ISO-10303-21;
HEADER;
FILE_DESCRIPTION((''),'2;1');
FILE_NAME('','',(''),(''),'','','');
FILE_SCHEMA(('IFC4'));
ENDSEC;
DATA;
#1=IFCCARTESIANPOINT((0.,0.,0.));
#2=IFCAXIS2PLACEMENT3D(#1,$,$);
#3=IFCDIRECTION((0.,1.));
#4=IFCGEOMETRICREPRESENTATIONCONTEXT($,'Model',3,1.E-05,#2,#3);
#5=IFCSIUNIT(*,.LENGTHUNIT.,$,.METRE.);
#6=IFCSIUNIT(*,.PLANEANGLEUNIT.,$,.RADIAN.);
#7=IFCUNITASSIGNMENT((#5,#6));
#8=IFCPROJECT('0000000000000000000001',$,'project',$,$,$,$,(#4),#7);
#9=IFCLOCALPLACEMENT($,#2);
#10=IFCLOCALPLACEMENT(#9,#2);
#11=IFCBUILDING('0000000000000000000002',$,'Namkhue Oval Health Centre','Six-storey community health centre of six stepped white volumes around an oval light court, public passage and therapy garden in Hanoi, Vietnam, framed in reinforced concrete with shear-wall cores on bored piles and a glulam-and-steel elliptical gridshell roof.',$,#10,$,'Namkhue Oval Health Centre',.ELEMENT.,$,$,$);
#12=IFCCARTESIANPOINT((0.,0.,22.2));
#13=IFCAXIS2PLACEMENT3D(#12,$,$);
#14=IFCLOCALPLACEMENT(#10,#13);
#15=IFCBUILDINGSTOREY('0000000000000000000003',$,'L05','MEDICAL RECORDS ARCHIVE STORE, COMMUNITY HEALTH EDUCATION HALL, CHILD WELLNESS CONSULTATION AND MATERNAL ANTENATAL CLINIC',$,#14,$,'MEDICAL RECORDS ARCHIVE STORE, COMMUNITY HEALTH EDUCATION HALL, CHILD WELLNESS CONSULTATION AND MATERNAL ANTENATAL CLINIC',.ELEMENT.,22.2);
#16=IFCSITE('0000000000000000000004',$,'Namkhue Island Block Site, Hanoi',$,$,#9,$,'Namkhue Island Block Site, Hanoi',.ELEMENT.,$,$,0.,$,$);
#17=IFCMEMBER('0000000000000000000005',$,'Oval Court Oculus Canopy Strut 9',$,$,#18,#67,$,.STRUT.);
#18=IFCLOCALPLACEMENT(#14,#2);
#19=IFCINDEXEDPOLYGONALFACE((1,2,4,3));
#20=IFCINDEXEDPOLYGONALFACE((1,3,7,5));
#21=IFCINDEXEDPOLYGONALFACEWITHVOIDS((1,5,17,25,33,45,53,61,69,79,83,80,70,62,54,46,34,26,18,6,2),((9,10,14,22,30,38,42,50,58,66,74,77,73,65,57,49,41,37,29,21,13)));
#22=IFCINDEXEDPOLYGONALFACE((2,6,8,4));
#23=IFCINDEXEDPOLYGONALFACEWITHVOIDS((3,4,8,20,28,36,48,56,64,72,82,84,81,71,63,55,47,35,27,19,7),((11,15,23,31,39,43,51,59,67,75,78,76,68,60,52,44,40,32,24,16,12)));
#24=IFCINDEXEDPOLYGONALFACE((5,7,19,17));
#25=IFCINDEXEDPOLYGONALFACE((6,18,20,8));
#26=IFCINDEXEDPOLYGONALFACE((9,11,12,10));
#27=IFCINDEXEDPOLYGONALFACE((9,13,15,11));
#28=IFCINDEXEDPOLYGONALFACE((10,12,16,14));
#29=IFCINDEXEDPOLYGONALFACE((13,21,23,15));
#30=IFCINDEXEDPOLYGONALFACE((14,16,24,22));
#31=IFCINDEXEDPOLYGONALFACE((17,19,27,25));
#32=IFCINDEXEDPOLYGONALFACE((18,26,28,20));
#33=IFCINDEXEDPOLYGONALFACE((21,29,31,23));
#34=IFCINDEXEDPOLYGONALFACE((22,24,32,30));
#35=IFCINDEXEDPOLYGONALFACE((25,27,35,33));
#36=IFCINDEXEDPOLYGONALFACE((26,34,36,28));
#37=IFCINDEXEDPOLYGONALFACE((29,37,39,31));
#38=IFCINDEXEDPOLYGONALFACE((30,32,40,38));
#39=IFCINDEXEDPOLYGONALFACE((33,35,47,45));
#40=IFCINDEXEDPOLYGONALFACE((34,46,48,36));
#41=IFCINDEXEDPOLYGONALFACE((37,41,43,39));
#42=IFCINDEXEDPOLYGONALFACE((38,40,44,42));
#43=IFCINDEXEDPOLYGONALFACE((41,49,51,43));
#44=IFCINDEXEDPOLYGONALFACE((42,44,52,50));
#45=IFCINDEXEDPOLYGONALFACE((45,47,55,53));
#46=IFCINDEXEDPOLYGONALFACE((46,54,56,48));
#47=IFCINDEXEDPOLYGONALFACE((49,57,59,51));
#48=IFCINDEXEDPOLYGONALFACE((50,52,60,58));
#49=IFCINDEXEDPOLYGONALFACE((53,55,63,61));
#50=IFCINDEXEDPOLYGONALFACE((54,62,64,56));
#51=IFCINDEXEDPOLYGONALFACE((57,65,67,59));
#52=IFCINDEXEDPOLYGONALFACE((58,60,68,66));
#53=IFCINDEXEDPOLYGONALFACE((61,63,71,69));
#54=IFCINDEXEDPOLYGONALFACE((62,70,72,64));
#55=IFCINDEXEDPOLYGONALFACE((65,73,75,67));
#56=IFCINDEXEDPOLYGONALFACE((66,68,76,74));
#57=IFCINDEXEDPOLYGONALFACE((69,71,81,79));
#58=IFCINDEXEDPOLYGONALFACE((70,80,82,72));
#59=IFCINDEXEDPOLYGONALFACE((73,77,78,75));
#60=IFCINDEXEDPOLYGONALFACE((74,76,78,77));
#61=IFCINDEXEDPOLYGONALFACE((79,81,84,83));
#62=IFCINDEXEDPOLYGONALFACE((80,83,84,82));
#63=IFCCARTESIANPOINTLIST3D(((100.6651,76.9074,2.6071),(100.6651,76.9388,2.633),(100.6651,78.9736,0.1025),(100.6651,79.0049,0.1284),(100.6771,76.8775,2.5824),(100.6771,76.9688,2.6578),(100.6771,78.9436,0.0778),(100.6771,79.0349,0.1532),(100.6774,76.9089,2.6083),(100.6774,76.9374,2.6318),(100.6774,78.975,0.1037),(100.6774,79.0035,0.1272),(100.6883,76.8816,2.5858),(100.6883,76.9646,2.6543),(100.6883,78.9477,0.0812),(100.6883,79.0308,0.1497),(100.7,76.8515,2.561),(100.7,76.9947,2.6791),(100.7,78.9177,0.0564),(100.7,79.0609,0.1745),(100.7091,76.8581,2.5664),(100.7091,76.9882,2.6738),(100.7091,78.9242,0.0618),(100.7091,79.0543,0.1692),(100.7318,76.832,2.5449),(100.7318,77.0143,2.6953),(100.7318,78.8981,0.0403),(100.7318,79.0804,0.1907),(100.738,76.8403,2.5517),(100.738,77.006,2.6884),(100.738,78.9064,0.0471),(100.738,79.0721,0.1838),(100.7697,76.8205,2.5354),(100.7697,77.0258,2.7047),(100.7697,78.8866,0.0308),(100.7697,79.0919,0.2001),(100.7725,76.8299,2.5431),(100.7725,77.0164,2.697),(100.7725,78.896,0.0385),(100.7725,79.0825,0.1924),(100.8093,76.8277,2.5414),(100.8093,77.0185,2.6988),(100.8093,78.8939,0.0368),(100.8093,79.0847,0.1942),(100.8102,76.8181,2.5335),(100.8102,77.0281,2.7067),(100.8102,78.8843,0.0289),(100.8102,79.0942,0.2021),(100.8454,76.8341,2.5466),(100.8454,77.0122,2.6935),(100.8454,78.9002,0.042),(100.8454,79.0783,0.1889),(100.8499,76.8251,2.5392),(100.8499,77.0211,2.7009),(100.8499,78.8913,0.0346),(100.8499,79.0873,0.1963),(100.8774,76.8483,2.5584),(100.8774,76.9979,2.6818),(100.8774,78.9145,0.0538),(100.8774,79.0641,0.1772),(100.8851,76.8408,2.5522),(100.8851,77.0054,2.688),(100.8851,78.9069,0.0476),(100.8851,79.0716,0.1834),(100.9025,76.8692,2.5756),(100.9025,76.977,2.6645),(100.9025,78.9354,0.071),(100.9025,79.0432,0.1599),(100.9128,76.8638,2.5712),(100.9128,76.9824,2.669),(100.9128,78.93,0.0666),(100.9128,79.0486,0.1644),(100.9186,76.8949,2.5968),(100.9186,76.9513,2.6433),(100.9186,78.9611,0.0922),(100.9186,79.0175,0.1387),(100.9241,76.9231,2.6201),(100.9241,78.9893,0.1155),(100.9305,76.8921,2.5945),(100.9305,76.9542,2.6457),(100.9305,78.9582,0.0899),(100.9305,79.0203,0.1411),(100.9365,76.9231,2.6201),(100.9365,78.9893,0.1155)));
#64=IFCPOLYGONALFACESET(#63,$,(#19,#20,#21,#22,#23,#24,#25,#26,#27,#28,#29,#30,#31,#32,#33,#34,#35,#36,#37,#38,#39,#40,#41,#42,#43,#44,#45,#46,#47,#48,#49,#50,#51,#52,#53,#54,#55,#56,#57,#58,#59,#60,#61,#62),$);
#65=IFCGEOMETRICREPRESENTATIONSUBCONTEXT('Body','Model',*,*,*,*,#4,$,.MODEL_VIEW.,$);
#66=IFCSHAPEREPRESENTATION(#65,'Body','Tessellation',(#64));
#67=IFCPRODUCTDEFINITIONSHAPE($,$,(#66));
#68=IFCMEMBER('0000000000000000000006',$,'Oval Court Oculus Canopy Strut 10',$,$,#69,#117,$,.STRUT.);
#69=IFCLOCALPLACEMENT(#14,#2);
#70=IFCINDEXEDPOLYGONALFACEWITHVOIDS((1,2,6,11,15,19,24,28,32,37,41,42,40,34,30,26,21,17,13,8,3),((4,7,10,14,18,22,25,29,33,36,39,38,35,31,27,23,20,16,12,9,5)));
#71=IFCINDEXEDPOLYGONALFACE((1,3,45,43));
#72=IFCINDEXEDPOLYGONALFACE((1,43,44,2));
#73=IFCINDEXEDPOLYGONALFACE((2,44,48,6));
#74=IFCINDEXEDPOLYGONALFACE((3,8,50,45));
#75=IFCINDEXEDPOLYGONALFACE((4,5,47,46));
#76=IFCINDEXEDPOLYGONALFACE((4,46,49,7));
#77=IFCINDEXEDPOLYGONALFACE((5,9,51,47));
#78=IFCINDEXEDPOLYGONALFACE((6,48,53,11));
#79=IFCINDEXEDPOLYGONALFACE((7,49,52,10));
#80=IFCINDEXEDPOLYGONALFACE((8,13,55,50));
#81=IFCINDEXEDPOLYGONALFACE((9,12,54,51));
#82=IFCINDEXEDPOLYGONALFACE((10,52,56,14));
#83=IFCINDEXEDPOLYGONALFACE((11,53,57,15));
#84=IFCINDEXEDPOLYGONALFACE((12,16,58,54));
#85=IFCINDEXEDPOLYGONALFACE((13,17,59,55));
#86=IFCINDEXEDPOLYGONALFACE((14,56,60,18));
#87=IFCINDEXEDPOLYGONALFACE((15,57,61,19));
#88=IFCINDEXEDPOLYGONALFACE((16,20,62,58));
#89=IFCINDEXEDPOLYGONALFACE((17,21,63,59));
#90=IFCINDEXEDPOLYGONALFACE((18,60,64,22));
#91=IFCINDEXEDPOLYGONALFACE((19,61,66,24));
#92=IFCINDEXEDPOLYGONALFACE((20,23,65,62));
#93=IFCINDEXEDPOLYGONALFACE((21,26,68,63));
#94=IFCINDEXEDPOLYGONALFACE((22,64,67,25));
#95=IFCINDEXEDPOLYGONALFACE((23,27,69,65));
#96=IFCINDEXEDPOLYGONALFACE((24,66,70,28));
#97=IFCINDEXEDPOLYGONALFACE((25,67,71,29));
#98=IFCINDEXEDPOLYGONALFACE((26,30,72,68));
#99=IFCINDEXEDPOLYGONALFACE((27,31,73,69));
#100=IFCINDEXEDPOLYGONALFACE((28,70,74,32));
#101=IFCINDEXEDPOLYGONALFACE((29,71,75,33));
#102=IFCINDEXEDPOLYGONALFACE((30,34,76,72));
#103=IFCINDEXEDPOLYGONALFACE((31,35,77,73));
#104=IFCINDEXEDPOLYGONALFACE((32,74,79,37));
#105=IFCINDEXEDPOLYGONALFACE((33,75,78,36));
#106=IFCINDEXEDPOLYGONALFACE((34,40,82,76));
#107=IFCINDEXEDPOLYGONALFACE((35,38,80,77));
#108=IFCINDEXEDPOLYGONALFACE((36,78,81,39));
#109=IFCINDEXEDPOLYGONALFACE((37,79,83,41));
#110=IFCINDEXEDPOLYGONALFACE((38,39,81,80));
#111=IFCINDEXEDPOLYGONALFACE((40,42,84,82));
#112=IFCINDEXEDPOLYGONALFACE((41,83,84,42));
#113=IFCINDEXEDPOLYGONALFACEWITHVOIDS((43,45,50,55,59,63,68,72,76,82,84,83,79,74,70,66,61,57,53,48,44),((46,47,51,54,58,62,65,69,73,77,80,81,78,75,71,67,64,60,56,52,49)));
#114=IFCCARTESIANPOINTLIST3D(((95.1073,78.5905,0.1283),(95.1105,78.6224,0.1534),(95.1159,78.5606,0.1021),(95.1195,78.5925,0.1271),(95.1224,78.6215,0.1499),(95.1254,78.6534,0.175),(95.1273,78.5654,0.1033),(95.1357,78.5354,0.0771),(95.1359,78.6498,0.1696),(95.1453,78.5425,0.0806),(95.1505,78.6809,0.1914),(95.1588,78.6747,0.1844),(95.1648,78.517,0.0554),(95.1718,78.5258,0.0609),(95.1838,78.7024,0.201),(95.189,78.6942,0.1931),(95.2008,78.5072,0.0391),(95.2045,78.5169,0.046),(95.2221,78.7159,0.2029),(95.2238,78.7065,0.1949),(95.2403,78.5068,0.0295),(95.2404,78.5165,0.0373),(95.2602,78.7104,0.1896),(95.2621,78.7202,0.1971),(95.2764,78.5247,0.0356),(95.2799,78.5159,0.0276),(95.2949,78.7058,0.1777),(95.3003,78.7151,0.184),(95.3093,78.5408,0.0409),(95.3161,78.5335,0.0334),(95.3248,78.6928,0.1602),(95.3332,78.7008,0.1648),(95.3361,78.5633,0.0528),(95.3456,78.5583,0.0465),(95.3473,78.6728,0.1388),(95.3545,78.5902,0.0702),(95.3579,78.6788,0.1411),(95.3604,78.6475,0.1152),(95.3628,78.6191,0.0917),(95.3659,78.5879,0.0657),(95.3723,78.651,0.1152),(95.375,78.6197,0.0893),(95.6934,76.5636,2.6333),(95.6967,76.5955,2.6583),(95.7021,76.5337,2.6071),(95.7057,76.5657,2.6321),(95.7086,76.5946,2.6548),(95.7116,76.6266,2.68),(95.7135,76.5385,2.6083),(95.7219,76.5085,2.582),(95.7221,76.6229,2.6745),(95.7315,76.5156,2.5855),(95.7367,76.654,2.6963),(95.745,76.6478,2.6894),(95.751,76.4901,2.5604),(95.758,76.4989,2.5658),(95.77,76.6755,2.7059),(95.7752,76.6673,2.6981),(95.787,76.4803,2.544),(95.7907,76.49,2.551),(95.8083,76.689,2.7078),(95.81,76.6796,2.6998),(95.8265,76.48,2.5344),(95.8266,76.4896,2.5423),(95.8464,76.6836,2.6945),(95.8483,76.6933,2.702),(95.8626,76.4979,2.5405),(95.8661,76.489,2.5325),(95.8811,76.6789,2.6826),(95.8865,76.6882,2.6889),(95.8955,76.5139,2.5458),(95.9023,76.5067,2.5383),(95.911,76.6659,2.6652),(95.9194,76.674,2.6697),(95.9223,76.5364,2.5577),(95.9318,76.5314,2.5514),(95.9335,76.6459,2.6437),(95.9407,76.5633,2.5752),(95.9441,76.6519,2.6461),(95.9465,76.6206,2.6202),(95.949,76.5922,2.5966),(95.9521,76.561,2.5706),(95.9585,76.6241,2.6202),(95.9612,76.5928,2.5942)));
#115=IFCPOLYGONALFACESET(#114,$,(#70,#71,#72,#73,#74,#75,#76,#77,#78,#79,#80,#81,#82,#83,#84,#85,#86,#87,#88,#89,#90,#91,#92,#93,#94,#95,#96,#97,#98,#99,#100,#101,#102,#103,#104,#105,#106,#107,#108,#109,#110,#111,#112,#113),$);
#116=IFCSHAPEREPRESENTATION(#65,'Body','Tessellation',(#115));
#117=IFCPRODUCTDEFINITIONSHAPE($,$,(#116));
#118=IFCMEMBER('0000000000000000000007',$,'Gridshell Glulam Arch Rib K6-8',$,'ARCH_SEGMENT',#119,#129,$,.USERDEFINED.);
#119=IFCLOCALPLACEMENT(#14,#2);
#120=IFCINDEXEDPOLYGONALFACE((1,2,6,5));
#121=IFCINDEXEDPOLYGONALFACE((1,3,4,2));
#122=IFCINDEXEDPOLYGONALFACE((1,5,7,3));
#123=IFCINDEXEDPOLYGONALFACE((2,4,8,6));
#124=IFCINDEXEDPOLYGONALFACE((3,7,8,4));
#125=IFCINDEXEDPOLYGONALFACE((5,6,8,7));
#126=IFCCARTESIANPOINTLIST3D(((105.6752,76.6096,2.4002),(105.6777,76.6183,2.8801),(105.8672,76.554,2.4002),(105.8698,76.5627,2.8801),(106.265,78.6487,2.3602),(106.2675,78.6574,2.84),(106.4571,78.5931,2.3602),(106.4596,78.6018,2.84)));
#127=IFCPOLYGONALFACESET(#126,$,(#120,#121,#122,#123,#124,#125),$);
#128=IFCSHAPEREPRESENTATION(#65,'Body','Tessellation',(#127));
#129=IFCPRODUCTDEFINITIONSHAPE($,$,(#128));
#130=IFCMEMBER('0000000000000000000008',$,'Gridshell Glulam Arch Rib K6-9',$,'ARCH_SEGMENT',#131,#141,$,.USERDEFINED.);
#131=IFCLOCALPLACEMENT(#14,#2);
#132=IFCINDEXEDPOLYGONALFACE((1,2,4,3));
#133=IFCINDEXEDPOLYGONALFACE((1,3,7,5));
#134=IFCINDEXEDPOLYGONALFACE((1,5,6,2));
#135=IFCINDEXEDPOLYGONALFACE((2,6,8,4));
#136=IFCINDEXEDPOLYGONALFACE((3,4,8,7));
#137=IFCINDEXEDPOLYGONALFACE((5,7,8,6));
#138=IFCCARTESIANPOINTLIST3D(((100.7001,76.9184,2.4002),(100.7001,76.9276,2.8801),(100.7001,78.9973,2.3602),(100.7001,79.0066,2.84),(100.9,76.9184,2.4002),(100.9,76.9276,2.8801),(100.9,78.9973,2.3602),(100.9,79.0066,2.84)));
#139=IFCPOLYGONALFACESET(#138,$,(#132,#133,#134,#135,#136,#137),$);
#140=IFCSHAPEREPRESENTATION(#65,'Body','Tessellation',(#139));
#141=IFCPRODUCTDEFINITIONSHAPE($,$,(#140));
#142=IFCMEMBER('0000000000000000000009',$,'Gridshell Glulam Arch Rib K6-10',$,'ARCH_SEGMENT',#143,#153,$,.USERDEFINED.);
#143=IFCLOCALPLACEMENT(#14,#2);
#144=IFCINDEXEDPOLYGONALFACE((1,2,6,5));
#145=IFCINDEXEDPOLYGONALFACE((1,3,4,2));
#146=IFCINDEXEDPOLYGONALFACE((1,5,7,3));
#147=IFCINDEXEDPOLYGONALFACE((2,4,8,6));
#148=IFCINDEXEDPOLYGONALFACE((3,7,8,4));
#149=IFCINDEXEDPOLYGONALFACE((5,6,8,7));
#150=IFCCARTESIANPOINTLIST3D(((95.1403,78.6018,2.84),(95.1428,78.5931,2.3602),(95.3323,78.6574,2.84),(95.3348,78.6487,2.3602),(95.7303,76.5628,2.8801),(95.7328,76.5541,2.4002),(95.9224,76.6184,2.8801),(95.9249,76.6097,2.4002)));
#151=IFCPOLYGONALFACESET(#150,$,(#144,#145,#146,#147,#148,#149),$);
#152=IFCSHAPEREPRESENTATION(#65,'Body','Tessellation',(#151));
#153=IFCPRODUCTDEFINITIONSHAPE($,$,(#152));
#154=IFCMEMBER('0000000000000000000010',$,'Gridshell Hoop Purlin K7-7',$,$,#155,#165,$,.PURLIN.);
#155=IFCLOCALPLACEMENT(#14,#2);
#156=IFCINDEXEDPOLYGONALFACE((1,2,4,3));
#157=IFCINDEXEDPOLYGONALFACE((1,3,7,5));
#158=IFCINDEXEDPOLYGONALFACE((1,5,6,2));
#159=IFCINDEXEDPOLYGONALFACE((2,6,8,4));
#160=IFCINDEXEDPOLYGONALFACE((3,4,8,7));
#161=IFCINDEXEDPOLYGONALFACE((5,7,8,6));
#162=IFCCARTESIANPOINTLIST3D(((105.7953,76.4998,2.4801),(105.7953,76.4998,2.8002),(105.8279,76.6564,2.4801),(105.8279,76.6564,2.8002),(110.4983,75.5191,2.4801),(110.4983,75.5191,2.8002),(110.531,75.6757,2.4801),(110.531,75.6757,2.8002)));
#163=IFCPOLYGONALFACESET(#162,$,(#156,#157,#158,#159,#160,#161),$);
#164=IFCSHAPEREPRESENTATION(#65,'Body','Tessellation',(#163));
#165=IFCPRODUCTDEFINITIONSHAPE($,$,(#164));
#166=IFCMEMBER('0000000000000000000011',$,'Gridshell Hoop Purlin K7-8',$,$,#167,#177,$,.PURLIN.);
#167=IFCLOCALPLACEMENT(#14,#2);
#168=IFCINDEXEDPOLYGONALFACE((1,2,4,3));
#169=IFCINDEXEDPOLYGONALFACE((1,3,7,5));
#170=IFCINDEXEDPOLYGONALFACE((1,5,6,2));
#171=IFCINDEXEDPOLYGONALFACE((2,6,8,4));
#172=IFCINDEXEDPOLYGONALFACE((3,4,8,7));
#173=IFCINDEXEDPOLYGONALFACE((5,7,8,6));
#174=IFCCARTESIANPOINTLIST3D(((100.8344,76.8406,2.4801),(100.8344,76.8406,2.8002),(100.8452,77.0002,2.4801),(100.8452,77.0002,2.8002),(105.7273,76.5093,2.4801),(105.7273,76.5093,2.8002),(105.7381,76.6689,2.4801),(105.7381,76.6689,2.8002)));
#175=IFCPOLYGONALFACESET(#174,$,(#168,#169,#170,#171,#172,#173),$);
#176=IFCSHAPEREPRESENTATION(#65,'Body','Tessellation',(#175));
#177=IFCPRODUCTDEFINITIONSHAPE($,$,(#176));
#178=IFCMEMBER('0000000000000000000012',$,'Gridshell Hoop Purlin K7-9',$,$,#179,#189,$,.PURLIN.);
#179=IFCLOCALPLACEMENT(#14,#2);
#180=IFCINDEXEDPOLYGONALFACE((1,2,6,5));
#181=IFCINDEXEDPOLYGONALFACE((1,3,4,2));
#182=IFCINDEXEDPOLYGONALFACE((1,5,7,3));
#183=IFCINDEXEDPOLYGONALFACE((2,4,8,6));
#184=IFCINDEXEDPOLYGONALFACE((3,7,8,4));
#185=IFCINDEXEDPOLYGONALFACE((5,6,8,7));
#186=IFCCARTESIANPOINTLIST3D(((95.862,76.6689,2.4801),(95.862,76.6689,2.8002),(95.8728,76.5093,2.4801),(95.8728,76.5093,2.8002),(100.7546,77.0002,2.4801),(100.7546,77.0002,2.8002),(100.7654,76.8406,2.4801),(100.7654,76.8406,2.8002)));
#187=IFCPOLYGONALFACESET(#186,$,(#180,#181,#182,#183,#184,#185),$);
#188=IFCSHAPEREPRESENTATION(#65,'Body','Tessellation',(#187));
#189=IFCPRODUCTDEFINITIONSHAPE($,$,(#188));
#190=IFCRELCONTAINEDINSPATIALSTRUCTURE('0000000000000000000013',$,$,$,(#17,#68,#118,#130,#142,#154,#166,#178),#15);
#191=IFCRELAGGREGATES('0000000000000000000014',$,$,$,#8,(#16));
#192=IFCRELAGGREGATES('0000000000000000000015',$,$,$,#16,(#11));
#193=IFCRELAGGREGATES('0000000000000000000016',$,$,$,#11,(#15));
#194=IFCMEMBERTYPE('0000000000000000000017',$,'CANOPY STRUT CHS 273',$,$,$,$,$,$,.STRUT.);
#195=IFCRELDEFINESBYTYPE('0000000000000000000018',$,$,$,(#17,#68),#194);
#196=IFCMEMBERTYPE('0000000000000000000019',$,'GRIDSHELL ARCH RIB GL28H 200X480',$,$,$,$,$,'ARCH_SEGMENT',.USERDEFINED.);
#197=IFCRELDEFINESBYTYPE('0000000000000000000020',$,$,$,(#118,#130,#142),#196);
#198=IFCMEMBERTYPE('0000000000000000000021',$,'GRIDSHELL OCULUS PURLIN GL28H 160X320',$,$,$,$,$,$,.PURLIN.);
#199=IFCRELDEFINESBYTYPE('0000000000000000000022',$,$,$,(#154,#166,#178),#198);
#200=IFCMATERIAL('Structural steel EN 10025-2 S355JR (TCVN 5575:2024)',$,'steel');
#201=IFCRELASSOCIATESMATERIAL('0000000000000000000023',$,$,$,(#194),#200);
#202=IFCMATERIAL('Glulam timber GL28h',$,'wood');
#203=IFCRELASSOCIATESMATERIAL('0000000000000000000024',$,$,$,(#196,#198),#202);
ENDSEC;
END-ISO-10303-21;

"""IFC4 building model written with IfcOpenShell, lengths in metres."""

from ifc_helpers import new_model, si_unit, direction, frame, origin, origin_2d, place, context, subcontext, project, spatial, rectangle, hollow_circle, extrude, material, material_profile, profile_set, type_object, element, save


model = new_model("IFC4")

# Units and contexts
model_context = context("Model", 3, precision=1e-05, world=origin(), true_north=direction((0.0, 1.0)))
body_context = subcontext(model_context, "Body", "Model", "MODEL_VIEW")
ifc_project = project(units=[si_unit("LENGTHUNIT", "METRE"), si_unit("PLANEANGLEUNIT", "RADIAN")], contexts=[model_context])

# Site, building, storey
site_placement = place(None, origin())
site = spatial("IfcSite", under=ifc_project, at=site_placement, Name="Namkhue Island Block Site, Hanoi", LongName="Namkhue Island Block Site, Hanoi", CompositionType="ELEMENT", RefElevation=0.0)
building_placement = place(site_placement, origin())
building = spatial("IfcBuilding", under=site, at=building_placement, Name="Namkhue Oval Health Centre", Description="Six-storey community health centre of six stepped white volumes around an oval light court, public passage and therapy garden in Hanoi, Vietnam, framed in reinforced concrete with shear-wall cores on bored piles and a glulam-and-steel elliptical gridshell roof.", LongName="Namkhue Oval Health Centre", CompositionType="ELEMENT")
storey_placement = place(building_placement, frame((0.0, 0.0, 22.2)))
storey = spatial("IfcBuildingStorey", under=building, at=storey_placement, Name="L05", Description="MEDICAL RECORDS ARCHIVE STORE, COMMUNITY HEALTH EDUCATION HALL, CHILD WELLNESS CONSULTATION AND MATERNAL ANTENATAL CLINIC", LongName="MEDICAL RECORDS ARCHIVE STORE, COMMUNITY HEALTH EDUCATION HALL, CHILD WELLNESS CONSULTATION AND MATERNAL ANTENATAL CLINIC", CompositionType="ELEMENT", Elevation=22.2)

# Members
ifc_material_1 = material(Name="Structural steel EN 10025-2 S355JR (TCVN 5575:2024)", Category="steel")
ifc_material_profile_1 = material_profile(ifc_material_1, hollow_circle(Radius=0.1365, WallThickness=0.0125, at=origin_2d()), Name="CHS 273x12.5")
ifc_profile_set_1 = profile_set([ifc_material_profile_1], Name="Structural steel EN 10025-2 S355JR (TCVN 5575:2024)")
member_type_1 = type_object("IfcMemberType", Name="CANOPY STRUT CHS 273", PredefinedType="STRUT", material=ifc_profile_set_1)
member_1_placement = place(storey_placement, frame((100.8, 78.9893, 0.1155), z_axis=(0.0, -0.636353, 0.771398), x_axis=(1.0, 0.0, 0.0)))
element("IfcMember", 1, at=member_1_placement, inside=storey, type_object=member_type_1, Name="Oval Court Oculus Canopy Strut 9", PredefinedType="STRUT", context=body_context, shape_type="SweptSolid", body=[
    extrude(hollow_circle(Radius=0.1365, WallThickness=0.0125, at=origin_2d()), origin(), (0.0, 0.0, 1.0), 3.2468),
])
member_2_placement = place(storey_placement, frame((95.2412, 78.613, 0.1152), z_axis=(0.178982, -0.618871, 0.76483), x_axis=(0.960633, 0.277822, 0.0)))
element("IfcMember", 2, at=member_2_placement, inside=storey, type_object=member_type_1, Name="Oval Court Oculus Canopy Strut 10", PredefinedType="STRUT", context=body_context, shape_type="SweptSolid", body=[
    extrude(hollow_circle(Radius=0.1365, WallThickness=0.0125, at=origin_2d()), origin(), (0.0, 0.0, 1.0), 3.2751),
])
ifc_material_2 = material(Name="Glulam timber GL28h", Category="wood")
ifc_material_profile_2 = material_profile(ifc_material_2, rectangle(XDim=0.2, YDim=0.48, at=origin_2d()), Name="GL28h 200x480")
ifc_profile_set_2 = profile_set([ifc_material_profile_2], Name="Glulam timber GL28h")
member_type_2 = type_object("IfcMemberType", Name="GRIDSHELL ARCH RIB GL28H 200X480", ElementType="ARCH_SEGMENT", PredefinedType="USERDEFINED", material=ifc_profile_set_2)
member_3_placement = place(storey_placement, frame((106.3623, 78.6252, 2.6001), z_axis=(-0.27783, -0.960445, 0.018859), x_axis=(0.960616, -0.277879, 0.0)))
element("IfcMember", 3, at=member_3_placement, inside=storey, type_object=member_type_2, Name="Gridshell Glulam Arch Rib K6-8", ObjectType="ARCH_SEGMENT", PredefinedType="USERDEFINED", context=body_context, shape_type="SweptSolid", body=[
    extrude(rectangle(XDim=0.2, YDim=0.48, at=origin_2d()), origin(), (0.0, 0.0, 1.0), 2.123),
])
member_4_placement = place(storey_placement, frame((100.8, 79.002, 2.6001), z_axis=(0.0, -0.999815, 0.019257), x_axis=(1.0, 0.0, 0.0)))
element("IfcMember", 4, at=member_4_placement, inside=storey, type_object=member_type_2, Name="Gridshell Glulam Arch Rib K6-9", ObjectType="ARCH_SEGMENT", PredefinedType="USERDEFINED", context=body_context, shape_type="SweptSolid", body=[
    extrude(rectangle(XDim=0.2, YDim=0.48, at=origin_2d()), origin(), (0.0, 0.0, 1.0), 2.0793),
])
member_5_placement = place(storey_placement, frame((95.2375, 78.6252, 2.6001), z_axis=(0.277936, -0.960414, 0.018859), x_axis=(0.960585, 0.277985, 0.0)))
element("IfcMember", 5, at=member_5_placement, inside=storey, type_object=member_type_2, Name="Gridshell Glulam Arch Rib K6-10", ObjectType="ARCH_SEGMENT", PredefinedType="USERDEFINED", context=body_context, shape_type="SweptSolid", body=[
    extrude(rectangle(XDim=0.2, YDim=0.48, at=origin_2d()), origin(), (0.0, 0.0, 1.0), 2.123),
])
ifc_material_profile_3 = material_profile(ifc_material_2, rectangle(XDim=0.1599, YDim=0.3201, at=origin_2d()), Name="GL28h 160x320")
ifc_profile_set_3 = profile_set([ifc_material_profile_3], Name="Glulam timber GL28h")
member_type_3 = type_object("IfcMemberType", Name="GRIDSHELL OCULUS PURLIN GL28H 160X320", PredefinedType="PURLIN", material=ifc_profile_set_3)
member_6_placement = place(storey_placement, frame((110.5146, 75.5974, 2.6401), z_axis=(-0.978943, 0.204133, 0.0), x_axis=(-0.204133, -0.978943, 0.0)))
element("IfcMember", 6, at=member_6_placement, inside=storey, type_object=member_type_3, Name="Gridshell Hoop Purlin K7-7", PredefinedType="PURLIN", context=body_context, shape_type="SweptSolid", body=[
    extrude(rectangle(XDim=0.1599, YDim=0.3201, at=origin_2d()), origin(), (0.0, 0.0, 1.0), 4.8042),
])
member_7_placement = place(storey_placement, frame((105.7327, 76.5891, 2.6401), z_axis=(-0.997715, 0.067557, 0.0), x_axis=(-0.067557, -0.997715, 0.0)))
element("IfcMember", 7, at=member_7_placement, inside=storey, type_object=member_type_3, Name="Gridshell Hoop Purlin K7-8", PredefinedType="PURLIN", context=body_context, shape_type="SweptSolid", body=[
    extrude(rectangle(XDim=0.1599, YDim=0.3201, at=origin_2d()), origin(), (0.0, 0.0, 1.0), 4.9041),
])
member_8_placement = place(storey_placement, frame((100.76, 76.9204, 2.6401), z_axis=(-0.997715, -0.06756, 0.0), x_axis=(0.06756, -0.997715, 0.0)))
element("IfcMember", 8, at=member_8_placement, inside=storey, type_object=member_type_3, Name="Gridshell Hoop Purlin K7-9", PredefinedType="PURLIN", context=body_context, shape_type="SweptSolid", body=[
    extrude(rectangle(XDim=0.1599, YDim=0.3201, at=origin_2d()), origin(), (0.0, 0.0, 1.0), 4.9038),
])

save(model, "model.ifc")
